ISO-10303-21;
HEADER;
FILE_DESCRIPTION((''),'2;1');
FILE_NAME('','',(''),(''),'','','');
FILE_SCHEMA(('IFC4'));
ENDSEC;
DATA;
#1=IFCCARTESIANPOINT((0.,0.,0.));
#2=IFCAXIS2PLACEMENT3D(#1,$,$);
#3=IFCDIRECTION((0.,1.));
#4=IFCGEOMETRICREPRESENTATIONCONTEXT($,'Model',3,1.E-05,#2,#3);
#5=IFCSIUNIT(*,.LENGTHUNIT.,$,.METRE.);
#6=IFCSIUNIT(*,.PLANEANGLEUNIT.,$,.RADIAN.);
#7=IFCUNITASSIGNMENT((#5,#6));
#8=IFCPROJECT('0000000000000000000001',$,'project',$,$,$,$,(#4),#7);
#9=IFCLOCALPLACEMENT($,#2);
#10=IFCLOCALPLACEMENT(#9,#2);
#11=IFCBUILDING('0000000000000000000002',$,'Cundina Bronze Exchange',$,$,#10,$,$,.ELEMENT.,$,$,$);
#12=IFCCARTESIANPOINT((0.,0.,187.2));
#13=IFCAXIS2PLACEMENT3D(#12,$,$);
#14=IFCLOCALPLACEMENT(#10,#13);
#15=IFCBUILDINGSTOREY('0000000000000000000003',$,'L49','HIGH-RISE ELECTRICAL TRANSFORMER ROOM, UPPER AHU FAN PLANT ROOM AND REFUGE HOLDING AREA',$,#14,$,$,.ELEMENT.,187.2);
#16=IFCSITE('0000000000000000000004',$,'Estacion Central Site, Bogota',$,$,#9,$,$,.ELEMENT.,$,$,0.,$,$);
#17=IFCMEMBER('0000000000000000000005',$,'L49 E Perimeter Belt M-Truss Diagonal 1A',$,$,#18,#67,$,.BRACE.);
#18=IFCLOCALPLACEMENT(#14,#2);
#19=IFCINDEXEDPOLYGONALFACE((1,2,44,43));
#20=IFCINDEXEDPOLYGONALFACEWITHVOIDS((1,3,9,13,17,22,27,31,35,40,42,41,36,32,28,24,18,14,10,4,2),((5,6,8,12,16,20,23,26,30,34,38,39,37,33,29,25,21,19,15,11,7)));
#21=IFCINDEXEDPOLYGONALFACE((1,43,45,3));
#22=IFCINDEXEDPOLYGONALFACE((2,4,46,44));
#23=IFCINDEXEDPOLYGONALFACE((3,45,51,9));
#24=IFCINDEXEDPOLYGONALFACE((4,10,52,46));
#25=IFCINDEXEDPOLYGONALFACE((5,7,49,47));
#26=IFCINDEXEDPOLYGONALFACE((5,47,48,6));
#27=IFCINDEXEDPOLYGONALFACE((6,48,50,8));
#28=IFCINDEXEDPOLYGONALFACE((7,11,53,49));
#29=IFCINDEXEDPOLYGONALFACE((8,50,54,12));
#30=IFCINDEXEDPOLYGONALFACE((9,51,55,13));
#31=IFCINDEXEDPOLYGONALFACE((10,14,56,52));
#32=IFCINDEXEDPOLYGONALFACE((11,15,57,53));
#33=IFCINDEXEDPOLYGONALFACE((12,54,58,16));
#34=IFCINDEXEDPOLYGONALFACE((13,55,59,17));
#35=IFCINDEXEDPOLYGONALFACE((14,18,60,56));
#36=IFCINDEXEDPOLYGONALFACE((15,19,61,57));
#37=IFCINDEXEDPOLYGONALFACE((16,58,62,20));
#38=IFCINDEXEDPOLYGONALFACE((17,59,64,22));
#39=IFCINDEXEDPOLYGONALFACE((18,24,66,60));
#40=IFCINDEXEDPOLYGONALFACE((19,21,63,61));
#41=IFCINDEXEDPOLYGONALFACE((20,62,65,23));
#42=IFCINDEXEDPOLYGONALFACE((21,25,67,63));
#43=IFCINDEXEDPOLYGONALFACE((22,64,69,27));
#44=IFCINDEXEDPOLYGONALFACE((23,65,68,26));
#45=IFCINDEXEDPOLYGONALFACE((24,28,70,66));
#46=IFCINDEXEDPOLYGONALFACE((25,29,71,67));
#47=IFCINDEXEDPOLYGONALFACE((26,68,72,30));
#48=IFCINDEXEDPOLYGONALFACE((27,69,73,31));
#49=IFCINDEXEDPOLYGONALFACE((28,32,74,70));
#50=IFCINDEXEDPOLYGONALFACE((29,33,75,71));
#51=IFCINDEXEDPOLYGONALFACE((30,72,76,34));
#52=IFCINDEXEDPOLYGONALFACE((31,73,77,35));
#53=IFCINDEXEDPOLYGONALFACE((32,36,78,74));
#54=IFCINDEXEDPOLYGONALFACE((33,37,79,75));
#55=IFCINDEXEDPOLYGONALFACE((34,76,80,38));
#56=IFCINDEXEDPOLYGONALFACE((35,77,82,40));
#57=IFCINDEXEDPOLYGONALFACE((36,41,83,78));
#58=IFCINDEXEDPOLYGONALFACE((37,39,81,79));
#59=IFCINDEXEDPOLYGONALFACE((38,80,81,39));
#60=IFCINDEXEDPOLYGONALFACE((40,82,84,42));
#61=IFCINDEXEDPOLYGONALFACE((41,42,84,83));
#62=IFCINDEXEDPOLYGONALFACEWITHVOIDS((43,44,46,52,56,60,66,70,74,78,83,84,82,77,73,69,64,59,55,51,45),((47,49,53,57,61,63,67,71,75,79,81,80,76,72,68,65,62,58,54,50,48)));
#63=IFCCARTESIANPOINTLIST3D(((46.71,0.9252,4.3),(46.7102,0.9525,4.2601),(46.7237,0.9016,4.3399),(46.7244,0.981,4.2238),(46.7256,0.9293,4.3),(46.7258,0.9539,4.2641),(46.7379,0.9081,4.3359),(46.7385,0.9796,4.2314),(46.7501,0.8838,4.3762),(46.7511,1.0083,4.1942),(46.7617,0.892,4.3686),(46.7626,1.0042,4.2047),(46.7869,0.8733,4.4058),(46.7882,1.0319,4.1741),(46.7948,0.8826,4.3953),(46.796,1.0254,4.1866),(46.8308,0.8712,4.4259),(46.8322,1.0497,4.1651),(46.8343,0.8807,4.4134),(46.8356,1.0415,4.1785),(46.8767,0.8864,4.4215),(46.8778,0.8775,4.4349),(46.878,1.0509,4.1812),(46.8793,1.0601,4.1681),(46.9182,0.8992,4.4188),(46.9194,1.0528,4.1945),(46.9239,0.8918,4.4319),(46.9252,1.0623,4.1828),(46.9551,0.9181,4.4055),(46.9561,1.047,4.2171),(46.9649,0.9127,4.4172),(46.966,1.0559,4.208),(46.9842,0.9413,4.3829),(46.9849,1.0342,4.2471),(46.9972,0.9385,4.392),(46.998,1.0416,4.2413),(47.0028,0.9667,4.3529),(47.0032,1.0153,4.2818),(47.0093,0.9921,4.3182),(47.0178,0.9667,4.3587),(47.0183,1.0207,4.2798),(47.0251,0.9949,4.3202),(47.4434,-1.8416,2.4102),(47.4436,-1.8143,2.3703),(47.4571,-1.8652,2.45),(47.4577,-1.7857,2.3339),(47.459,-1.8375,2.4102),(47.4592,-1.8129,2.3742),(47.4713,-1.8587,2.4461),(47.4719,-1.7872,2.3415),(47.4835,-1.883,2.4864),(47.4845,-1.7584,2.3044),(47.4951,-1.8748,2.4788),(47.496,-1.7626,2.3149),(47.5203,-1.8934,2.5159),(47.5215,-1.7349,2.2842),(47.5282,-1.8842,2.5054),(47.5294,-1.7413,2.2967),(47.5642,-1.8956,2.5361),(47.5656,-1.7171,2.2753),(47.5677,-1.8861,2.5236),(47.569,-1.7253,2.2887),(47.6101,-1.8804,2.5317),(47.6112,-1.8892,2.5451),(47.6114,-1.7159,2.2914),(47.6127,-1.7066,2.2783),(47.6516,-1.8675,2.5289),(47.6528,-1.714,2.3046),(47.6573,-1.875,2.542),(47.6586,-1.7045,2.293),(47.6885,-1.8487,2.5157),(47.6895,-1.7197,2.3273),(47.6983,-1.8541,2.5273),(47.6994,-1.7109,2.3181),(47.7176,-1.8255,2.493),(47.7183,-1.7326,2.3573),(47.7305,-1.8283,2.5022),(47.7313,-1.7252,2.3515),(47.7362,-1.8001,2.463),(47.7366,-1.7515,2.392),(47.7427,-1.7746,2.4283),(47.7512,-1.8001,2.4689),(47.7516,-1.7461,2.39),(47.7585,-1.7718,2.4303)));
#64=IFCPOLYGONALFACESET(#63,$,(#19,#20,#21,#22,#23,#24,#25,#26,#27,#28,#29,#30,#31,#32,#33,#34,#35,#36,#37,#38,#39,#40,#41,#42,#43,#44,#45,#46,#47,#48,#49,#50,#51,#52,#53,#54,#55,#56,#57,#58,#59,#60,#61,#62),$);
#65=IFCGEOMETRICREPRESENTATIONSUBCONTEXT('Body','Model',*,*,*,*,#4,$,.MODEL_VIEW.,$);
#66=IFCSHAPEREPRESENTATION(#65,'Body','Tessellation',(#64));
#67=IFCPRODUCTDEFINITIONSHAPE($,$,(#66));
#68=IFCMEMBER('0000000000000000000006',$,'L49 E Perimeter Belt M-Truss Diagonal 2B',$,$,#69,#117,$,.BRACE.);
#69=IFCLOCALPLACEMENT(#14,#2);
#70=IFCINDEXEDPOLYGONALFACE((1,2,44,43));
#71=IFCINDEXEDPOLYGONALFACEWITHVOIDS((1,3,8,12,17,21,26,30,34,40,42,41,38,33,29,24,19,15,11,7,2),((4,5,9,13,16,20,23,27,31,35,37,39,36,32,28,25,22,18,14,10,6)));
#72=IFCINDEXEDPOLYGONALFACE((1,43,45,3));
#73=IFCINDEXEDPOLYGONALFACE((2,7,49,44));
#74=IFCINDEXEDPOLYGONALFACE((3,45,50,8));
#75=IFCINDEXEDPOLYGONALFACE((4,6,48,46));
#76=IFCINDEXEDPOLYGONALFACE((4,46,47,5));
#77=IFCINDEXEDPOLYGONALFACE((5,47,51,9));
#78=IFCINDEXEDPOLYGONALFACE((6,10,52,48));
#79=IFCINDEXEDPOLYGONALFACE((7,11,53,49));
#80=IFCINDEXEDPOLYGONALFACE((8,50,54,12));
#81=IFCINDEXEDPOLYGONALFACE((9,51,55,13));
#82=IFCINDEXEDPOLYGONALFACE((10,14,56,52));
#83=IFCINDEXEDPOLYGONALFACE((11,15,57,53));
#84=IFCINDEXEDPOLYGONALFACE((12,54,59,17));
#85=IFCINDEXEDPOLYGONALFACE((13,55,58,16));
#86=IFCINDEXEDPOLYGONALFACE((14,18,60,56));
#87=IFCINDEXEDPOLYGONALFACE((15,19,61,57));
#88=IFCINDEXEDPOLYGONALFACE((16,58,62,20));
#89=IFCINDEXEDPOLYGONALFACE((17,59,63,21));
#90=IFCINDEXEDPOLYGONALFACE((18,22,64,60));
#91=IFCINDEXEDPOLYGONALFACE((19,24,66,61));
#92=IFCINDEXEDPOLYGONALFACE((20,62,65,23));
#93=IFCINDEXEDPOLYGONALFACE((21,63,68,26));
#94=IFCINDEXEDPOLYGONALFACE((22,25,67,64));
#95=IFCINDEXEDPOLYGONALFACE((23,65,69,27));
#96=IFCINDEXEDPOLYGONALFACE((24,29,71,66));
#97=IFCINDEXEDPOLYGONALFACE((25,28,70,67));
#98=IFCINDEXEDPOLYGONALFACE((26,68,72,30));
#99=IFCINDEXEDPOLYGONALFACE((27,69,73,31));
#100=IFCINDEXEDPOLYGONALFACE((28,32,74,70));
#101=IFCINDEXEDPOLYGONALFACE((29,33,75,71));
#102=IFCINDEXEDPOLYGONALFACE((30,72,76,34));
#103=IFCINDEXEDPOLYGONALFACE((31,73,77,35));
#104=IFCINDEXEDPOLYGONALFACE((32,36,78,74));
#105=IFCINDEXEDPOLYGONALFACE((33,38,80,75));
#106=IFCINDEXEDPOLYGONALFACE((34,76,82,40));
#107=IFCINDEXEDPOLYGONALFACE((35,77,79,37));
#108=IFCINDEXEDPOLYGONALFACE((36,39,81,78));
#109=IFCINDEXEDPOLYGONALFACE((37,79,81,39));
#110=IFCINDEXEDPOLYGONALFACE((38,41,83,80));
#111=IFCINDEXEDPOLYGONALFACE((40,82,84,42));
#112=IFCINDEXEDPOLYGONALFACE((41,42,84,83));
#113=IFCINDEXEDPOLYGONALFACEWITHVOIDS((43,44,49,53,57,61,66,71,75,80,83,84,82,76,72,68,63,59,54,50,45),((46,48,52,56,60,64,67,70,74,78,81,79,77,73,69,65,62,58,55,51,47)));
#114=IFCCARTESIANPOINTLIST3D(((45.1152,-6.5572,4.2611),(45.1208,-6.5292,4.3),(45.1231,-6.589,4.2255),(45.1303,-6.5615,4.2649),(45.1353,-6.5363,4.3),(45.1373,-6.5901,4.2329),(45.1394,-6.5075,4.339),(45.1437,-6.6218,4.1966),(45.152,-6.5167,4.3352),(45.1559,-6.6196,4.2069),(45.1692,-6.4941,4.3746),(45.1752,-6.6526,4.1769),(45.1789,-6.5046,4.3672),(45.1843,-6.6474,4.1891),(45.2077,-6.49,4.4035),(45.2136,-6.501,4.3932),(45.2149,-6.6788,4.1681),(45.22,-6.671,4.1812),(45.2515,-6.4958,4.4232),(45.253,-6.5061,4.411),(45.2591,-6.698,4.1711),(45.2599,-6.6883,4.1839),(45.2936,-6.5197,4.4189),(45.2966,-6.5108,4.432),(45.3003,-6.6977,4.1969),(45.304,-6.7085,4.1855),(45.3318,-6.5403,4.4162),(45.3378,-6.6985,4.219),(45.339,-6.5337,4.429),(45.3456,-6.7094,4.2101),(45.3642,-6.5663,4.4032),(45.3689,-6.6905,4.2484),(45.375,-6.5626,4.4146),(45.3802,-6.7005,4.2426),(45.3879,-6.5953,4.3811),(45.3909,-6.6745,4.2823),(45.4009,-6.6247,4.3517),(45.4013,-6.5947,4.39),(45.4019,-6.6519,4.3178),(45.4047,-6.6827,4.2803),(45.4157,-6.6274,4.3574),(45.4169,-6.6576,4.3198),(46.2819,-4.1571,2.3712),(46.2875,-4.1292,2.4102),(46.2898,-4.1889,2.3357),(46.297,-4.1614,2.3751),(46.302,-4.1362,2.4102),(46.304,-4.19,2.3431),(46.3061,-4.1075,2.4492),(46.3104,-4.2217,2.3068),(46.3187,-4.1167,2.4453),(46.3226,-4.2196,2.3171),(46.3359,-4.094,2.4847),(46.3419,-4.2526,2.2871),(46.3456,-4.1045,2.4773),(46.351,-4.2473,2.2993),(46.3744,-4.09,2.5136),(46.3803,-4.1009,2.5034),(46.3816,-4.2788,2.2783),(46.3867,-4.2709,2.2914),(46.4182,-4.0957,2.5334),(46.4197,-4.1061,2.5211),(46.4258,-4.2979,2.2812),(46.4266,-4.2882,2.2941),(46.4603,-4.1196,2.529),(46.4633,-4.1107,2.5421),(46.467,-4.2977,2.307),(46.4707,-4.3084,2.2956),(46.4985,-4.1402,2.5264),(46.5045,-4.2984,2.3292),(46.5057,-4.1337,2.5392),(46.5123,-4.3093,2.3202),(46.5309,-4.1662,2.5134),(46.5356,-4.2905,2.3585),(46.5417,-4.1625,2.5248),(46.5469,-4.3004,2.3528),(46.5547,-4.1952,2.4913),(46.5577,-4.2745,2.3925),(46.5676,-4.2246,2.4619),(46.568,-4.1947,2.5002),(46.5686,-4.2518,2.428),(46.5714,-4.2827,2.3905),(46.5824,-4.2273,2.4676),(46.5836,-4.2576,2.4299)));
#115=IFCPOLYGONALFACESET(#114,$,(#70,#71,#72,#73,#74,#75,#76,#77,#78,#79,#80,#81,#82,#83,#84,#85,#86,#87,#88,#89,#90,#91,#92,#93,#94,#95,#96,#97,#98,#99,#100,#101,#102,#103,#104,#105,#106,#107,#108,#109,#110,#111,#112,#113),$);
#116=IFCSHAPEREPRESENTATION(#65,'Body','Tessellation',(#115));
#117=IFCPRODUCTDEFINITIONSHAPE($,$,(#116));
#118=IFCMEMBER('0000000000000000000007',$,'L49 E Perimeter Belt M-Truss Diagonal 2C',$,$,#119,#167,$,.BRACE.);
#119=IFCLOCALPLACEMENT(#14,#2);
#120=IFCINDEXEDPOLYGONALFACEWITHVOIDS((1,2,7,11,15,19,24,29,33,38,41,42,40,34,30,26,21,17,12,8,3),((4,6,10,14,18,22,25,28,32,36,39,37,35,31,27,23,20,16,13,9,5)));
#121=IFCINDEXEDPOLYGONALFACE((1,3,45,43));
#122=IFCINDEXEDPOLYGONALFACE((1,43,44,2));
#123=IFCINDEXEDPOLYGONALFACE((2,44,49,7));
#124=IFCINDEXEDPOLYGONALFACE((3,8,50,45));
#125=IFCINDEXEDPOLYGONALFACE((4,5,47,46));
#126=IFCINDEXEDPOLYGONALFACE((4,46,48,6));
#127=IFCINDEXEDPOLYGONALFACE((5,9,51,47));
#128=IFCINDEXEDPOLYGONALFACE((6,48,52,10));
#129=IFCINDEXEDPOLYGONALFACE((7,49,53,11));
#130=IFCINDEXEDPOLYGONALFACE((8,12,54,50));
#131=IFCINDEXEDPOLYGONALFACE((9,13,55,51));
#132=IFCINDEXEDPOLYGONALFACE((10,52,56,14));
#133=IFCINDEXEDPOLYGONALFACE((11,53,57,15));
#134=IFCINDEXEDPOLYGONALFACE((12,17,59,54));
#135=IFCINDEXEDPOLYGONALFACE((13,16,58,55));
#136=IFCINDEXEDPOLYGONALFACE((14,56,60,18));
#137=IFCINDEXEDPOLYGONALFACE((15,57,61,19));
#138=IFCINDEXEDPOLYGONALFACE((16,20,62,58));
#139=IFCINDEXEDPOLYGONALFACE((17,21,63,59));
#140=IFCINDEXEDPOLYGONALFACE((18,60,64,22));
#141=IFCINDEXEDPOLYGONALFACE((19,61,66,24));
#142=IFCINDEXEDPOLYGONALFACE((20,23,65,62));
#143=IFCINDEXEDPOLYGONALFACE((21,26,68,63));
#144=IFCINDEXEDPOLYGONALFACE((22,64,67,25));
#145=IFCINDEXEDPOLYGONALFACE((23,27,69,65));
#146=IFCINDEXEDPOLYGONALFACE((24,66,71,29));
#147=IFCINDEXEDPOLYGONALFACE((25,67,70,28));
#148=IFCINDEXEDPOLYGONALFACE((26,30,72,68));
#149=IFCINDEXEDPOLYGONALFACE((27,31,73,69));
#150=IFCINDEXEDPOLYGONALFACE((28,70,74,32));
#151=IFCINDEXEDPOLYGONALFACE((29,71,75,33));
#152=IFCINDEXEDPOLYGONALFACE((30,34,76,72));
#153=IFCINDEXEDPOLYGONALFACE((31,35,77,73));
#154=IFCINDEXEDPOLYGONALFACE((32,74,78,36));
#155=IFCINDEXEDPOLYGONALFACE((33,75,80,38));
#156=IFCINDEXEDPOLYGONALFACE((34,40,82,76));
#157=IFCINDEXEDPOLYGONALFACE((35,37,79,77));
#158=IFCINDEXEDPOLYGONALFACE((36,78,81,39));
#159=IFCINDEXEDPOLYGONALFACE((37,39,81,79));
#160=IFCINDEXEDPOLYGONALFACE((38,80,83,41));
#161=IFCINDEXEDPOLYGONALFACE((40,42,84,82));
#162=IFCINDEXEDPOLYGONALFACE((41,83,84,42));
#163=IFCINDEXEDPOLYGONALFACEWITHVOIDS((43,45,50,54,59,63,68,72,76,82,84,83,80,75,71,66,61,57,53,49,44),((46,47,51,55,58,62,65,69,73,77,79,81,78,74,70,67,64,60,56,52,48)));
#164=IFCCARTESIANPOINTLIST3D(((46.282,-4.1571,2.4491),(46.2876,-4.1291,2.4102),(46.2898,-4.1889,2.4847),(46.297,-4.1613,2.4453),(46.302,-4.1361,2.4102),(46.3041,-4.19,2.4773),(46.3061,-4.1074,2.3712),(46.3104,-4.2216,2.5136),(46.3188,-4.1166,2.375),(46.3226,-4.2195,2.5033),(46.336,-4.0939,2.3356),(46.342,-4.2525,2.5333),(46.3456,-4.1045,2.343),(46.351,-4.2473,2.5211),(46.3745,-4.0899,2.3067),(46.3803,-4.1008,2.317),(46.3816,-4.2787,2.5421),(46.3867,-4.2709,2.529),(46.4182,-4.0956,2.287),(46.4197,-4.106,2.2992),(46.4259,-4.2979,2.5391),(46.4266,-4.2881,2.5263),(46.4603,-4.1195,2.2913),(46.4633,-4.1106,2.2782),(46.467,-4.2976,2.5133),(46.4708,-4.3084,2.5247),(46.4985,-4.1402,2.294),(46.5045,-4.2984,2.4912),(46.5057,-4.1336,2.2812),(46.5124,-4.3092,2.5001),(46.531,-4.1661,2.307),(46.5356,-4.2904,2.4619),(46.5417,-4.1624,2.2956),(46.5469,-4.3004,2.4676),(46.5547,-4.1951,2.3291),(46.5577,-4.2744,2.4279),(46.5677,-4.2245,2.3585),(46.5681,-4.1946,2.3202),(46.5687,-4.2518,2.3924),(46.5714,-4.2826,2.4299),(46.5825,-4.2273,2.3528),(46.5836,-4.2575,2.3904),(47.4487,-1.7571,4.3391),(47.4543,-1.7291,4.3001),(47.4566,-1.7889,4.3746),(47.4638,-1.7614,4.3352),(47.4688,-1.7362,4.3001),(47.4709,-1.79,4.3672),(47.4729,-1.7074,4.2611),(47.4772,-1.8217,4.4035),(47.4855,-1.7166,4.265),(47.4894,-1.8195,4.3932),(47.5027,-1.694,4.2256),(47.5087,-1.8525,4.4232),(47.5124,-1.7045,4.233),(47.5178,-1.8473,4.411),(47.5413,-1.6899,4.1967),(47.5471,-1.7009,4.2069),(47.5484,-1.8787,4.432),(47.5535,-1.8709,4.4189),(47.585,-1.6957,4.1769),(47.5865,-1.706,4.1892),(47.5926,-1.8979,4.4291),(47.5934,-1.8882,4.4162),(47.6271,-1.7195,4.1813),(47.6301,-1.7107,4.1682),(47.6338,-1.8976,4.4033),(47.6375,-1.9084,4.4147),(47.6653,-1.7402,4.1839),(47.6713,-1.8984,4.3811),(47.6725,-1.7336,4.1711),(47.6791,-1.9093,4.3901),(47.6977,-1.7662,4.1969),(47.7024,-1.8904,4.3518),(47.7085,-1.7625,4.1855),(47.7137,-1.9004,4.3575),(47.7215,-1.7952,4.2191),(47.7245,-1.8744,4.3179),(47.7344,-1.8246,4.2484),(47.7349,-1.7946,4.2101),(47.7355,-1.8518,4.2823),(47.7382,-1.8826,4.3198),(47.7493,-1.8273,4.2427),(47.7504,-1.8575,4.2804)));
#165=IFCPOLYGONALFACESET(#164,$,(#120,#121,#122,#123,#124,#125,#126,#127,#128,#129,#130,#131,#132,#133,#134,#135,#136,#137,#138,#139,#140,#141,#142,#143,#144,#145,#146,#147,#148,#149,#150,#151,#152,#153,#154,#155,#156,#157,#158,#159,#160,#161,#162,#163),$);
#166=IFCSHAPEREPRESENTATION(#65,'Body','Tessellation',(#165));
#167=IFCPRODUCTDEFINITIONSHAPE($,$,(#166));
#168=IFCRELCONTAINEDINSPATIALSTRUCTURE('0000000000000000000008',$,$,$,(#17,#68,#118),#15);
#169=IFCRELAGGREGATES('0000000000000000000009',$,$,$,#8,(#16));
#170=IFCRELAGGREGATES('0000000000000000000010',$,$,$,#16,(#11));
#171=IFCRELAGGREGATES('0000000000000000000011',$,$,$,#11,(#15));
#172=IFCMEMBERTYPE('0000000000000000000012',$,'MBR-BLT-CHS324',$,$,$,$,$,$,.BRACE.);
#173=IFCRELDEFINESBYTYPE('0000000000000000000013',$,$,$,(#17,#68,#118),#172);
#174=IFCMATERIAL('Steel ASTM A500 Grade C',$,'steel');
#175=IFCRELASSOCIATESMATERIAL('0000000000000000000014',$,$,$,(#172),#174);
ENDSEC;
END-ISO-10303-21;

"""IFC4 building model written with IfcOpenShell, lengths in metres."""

from ifc_helpers import new_model, si_unit, direction, frame, origin, origin_2d, place, context, subcontext, project, spatial, hollow_circle, extrude, material, material_profile, profile_set, type_object, element, save


model = new_model("IFC4")

# Units and contexts
model_context = context("Model", 3, precision=1e-05, world=origin(), true_north=direction((0.0, 1.0)))
body_context = subcontext(model_context, "Body", "Model", "MODEL_VIEW")
ifc_project = project(units=[si_unit("LENGTHUNIT", "METRE"), si_unit("PLANEANGLEUNIT", "RADIAN")], contexts=[model_context])

# Site, building, storey
site_placement = place(None, origin())
site = spatial("IfcSite", under=ifc_project, at=site_placement, Name="Estacion Central Site, Bogota", CompositionType="ELEMENT", RefElevation=0.0)
building_placement = place(site_placement, origin())
building = spatial("IfcBuilding", under=site, at=building_placement, Name="Cundina Bronze Exchange", CompositionType="ELEMENT")
storey_placement = place(building_placement, frame((0.0, 0.0, 187.2)))
storey = spatial("IfcBuildingStorey", under=building, at=storey_placement, Name="L49", Description="HIGH-RISE ELECTRICAL TRANSFORMER ROOM, UPPER AHU FAN PLANT ROOM AND REFUGE HOLDING AREA", CompositionType="ELEMENT", Elevation=187.2)

# Members
ifc_material_1 = material(Name="Steel ASTM A500 Grade C", Category="steel")
ifc_material_profile_1 = material_profile(ifc_material_1, hollow_circle(Radius=0.1621, WallThickness=0.0161, at=origin_2d()), Name="CHS324X16", Category="steel")
ifc_profile_set_1 = profile_set([ifc_material_profile_1], Name="Steel ASTM A500 Grade C")
member_type_1 = type_object("IfcMemberType", Name="MBR-BLT-CHS324", PredefinedType="BRACE", material=ifc_profile_set_1)
member_1_placement = place(storey_placement, frame((47.6001, -1.8, 2.4102), z_axis=(-0.213818, 0.806657, 0.550987), x_axis=(-0.966619, -0.256218, 0.0)))
element("IfcMember", 1, at=member_1_placement, inside=storey, type_object=member_type_1, Name="L49 E Perimeter Belt M-Truss Diagonal 1A", PredefinedType="BRACE", context=body_context, shape_type="SweptSolid", body=[
    extrude(hollow_circle(Radius=0.1621, WallThickness=0.0161, at=origin_2d()), origin(), (0.0, 0.0, 1.0), 3.4299),
])
for number, where, z_axis, x_axis, name in (
    (2, (45.2666, -6.6001, 4.3), (0.35679, 0.733962, -0.577927), (-0.899366, 0.437196, 0.0), "L49 E Perimeter Belt M-Truss Diagonal 2B"),
    (3, (46.4333, -4.2, 2.4102), (0.35681, 0.733928, 0.577959), (-0.899349, 0.437232, 0.0), "L49 E Perimeter Belt M-Truss Diagonal 2C"),
):
    element("IfcMember", number, at=place(storey_placement, frame(where, z_axis=z_axis, x_axis=x_axis)), inside=storey, type_object=member_type_1, Name=name, PredefinedType="BRACE", context=body_context, shape_type="SweptSolid", body=[
        extrude(hollow_circle(Radius=0.1621, WallThickness=0.0161, at=origin_2d()), origin(), (0.0, 0.0, 1.0), 3.27),
    ])

save(model, "model.ifc")
